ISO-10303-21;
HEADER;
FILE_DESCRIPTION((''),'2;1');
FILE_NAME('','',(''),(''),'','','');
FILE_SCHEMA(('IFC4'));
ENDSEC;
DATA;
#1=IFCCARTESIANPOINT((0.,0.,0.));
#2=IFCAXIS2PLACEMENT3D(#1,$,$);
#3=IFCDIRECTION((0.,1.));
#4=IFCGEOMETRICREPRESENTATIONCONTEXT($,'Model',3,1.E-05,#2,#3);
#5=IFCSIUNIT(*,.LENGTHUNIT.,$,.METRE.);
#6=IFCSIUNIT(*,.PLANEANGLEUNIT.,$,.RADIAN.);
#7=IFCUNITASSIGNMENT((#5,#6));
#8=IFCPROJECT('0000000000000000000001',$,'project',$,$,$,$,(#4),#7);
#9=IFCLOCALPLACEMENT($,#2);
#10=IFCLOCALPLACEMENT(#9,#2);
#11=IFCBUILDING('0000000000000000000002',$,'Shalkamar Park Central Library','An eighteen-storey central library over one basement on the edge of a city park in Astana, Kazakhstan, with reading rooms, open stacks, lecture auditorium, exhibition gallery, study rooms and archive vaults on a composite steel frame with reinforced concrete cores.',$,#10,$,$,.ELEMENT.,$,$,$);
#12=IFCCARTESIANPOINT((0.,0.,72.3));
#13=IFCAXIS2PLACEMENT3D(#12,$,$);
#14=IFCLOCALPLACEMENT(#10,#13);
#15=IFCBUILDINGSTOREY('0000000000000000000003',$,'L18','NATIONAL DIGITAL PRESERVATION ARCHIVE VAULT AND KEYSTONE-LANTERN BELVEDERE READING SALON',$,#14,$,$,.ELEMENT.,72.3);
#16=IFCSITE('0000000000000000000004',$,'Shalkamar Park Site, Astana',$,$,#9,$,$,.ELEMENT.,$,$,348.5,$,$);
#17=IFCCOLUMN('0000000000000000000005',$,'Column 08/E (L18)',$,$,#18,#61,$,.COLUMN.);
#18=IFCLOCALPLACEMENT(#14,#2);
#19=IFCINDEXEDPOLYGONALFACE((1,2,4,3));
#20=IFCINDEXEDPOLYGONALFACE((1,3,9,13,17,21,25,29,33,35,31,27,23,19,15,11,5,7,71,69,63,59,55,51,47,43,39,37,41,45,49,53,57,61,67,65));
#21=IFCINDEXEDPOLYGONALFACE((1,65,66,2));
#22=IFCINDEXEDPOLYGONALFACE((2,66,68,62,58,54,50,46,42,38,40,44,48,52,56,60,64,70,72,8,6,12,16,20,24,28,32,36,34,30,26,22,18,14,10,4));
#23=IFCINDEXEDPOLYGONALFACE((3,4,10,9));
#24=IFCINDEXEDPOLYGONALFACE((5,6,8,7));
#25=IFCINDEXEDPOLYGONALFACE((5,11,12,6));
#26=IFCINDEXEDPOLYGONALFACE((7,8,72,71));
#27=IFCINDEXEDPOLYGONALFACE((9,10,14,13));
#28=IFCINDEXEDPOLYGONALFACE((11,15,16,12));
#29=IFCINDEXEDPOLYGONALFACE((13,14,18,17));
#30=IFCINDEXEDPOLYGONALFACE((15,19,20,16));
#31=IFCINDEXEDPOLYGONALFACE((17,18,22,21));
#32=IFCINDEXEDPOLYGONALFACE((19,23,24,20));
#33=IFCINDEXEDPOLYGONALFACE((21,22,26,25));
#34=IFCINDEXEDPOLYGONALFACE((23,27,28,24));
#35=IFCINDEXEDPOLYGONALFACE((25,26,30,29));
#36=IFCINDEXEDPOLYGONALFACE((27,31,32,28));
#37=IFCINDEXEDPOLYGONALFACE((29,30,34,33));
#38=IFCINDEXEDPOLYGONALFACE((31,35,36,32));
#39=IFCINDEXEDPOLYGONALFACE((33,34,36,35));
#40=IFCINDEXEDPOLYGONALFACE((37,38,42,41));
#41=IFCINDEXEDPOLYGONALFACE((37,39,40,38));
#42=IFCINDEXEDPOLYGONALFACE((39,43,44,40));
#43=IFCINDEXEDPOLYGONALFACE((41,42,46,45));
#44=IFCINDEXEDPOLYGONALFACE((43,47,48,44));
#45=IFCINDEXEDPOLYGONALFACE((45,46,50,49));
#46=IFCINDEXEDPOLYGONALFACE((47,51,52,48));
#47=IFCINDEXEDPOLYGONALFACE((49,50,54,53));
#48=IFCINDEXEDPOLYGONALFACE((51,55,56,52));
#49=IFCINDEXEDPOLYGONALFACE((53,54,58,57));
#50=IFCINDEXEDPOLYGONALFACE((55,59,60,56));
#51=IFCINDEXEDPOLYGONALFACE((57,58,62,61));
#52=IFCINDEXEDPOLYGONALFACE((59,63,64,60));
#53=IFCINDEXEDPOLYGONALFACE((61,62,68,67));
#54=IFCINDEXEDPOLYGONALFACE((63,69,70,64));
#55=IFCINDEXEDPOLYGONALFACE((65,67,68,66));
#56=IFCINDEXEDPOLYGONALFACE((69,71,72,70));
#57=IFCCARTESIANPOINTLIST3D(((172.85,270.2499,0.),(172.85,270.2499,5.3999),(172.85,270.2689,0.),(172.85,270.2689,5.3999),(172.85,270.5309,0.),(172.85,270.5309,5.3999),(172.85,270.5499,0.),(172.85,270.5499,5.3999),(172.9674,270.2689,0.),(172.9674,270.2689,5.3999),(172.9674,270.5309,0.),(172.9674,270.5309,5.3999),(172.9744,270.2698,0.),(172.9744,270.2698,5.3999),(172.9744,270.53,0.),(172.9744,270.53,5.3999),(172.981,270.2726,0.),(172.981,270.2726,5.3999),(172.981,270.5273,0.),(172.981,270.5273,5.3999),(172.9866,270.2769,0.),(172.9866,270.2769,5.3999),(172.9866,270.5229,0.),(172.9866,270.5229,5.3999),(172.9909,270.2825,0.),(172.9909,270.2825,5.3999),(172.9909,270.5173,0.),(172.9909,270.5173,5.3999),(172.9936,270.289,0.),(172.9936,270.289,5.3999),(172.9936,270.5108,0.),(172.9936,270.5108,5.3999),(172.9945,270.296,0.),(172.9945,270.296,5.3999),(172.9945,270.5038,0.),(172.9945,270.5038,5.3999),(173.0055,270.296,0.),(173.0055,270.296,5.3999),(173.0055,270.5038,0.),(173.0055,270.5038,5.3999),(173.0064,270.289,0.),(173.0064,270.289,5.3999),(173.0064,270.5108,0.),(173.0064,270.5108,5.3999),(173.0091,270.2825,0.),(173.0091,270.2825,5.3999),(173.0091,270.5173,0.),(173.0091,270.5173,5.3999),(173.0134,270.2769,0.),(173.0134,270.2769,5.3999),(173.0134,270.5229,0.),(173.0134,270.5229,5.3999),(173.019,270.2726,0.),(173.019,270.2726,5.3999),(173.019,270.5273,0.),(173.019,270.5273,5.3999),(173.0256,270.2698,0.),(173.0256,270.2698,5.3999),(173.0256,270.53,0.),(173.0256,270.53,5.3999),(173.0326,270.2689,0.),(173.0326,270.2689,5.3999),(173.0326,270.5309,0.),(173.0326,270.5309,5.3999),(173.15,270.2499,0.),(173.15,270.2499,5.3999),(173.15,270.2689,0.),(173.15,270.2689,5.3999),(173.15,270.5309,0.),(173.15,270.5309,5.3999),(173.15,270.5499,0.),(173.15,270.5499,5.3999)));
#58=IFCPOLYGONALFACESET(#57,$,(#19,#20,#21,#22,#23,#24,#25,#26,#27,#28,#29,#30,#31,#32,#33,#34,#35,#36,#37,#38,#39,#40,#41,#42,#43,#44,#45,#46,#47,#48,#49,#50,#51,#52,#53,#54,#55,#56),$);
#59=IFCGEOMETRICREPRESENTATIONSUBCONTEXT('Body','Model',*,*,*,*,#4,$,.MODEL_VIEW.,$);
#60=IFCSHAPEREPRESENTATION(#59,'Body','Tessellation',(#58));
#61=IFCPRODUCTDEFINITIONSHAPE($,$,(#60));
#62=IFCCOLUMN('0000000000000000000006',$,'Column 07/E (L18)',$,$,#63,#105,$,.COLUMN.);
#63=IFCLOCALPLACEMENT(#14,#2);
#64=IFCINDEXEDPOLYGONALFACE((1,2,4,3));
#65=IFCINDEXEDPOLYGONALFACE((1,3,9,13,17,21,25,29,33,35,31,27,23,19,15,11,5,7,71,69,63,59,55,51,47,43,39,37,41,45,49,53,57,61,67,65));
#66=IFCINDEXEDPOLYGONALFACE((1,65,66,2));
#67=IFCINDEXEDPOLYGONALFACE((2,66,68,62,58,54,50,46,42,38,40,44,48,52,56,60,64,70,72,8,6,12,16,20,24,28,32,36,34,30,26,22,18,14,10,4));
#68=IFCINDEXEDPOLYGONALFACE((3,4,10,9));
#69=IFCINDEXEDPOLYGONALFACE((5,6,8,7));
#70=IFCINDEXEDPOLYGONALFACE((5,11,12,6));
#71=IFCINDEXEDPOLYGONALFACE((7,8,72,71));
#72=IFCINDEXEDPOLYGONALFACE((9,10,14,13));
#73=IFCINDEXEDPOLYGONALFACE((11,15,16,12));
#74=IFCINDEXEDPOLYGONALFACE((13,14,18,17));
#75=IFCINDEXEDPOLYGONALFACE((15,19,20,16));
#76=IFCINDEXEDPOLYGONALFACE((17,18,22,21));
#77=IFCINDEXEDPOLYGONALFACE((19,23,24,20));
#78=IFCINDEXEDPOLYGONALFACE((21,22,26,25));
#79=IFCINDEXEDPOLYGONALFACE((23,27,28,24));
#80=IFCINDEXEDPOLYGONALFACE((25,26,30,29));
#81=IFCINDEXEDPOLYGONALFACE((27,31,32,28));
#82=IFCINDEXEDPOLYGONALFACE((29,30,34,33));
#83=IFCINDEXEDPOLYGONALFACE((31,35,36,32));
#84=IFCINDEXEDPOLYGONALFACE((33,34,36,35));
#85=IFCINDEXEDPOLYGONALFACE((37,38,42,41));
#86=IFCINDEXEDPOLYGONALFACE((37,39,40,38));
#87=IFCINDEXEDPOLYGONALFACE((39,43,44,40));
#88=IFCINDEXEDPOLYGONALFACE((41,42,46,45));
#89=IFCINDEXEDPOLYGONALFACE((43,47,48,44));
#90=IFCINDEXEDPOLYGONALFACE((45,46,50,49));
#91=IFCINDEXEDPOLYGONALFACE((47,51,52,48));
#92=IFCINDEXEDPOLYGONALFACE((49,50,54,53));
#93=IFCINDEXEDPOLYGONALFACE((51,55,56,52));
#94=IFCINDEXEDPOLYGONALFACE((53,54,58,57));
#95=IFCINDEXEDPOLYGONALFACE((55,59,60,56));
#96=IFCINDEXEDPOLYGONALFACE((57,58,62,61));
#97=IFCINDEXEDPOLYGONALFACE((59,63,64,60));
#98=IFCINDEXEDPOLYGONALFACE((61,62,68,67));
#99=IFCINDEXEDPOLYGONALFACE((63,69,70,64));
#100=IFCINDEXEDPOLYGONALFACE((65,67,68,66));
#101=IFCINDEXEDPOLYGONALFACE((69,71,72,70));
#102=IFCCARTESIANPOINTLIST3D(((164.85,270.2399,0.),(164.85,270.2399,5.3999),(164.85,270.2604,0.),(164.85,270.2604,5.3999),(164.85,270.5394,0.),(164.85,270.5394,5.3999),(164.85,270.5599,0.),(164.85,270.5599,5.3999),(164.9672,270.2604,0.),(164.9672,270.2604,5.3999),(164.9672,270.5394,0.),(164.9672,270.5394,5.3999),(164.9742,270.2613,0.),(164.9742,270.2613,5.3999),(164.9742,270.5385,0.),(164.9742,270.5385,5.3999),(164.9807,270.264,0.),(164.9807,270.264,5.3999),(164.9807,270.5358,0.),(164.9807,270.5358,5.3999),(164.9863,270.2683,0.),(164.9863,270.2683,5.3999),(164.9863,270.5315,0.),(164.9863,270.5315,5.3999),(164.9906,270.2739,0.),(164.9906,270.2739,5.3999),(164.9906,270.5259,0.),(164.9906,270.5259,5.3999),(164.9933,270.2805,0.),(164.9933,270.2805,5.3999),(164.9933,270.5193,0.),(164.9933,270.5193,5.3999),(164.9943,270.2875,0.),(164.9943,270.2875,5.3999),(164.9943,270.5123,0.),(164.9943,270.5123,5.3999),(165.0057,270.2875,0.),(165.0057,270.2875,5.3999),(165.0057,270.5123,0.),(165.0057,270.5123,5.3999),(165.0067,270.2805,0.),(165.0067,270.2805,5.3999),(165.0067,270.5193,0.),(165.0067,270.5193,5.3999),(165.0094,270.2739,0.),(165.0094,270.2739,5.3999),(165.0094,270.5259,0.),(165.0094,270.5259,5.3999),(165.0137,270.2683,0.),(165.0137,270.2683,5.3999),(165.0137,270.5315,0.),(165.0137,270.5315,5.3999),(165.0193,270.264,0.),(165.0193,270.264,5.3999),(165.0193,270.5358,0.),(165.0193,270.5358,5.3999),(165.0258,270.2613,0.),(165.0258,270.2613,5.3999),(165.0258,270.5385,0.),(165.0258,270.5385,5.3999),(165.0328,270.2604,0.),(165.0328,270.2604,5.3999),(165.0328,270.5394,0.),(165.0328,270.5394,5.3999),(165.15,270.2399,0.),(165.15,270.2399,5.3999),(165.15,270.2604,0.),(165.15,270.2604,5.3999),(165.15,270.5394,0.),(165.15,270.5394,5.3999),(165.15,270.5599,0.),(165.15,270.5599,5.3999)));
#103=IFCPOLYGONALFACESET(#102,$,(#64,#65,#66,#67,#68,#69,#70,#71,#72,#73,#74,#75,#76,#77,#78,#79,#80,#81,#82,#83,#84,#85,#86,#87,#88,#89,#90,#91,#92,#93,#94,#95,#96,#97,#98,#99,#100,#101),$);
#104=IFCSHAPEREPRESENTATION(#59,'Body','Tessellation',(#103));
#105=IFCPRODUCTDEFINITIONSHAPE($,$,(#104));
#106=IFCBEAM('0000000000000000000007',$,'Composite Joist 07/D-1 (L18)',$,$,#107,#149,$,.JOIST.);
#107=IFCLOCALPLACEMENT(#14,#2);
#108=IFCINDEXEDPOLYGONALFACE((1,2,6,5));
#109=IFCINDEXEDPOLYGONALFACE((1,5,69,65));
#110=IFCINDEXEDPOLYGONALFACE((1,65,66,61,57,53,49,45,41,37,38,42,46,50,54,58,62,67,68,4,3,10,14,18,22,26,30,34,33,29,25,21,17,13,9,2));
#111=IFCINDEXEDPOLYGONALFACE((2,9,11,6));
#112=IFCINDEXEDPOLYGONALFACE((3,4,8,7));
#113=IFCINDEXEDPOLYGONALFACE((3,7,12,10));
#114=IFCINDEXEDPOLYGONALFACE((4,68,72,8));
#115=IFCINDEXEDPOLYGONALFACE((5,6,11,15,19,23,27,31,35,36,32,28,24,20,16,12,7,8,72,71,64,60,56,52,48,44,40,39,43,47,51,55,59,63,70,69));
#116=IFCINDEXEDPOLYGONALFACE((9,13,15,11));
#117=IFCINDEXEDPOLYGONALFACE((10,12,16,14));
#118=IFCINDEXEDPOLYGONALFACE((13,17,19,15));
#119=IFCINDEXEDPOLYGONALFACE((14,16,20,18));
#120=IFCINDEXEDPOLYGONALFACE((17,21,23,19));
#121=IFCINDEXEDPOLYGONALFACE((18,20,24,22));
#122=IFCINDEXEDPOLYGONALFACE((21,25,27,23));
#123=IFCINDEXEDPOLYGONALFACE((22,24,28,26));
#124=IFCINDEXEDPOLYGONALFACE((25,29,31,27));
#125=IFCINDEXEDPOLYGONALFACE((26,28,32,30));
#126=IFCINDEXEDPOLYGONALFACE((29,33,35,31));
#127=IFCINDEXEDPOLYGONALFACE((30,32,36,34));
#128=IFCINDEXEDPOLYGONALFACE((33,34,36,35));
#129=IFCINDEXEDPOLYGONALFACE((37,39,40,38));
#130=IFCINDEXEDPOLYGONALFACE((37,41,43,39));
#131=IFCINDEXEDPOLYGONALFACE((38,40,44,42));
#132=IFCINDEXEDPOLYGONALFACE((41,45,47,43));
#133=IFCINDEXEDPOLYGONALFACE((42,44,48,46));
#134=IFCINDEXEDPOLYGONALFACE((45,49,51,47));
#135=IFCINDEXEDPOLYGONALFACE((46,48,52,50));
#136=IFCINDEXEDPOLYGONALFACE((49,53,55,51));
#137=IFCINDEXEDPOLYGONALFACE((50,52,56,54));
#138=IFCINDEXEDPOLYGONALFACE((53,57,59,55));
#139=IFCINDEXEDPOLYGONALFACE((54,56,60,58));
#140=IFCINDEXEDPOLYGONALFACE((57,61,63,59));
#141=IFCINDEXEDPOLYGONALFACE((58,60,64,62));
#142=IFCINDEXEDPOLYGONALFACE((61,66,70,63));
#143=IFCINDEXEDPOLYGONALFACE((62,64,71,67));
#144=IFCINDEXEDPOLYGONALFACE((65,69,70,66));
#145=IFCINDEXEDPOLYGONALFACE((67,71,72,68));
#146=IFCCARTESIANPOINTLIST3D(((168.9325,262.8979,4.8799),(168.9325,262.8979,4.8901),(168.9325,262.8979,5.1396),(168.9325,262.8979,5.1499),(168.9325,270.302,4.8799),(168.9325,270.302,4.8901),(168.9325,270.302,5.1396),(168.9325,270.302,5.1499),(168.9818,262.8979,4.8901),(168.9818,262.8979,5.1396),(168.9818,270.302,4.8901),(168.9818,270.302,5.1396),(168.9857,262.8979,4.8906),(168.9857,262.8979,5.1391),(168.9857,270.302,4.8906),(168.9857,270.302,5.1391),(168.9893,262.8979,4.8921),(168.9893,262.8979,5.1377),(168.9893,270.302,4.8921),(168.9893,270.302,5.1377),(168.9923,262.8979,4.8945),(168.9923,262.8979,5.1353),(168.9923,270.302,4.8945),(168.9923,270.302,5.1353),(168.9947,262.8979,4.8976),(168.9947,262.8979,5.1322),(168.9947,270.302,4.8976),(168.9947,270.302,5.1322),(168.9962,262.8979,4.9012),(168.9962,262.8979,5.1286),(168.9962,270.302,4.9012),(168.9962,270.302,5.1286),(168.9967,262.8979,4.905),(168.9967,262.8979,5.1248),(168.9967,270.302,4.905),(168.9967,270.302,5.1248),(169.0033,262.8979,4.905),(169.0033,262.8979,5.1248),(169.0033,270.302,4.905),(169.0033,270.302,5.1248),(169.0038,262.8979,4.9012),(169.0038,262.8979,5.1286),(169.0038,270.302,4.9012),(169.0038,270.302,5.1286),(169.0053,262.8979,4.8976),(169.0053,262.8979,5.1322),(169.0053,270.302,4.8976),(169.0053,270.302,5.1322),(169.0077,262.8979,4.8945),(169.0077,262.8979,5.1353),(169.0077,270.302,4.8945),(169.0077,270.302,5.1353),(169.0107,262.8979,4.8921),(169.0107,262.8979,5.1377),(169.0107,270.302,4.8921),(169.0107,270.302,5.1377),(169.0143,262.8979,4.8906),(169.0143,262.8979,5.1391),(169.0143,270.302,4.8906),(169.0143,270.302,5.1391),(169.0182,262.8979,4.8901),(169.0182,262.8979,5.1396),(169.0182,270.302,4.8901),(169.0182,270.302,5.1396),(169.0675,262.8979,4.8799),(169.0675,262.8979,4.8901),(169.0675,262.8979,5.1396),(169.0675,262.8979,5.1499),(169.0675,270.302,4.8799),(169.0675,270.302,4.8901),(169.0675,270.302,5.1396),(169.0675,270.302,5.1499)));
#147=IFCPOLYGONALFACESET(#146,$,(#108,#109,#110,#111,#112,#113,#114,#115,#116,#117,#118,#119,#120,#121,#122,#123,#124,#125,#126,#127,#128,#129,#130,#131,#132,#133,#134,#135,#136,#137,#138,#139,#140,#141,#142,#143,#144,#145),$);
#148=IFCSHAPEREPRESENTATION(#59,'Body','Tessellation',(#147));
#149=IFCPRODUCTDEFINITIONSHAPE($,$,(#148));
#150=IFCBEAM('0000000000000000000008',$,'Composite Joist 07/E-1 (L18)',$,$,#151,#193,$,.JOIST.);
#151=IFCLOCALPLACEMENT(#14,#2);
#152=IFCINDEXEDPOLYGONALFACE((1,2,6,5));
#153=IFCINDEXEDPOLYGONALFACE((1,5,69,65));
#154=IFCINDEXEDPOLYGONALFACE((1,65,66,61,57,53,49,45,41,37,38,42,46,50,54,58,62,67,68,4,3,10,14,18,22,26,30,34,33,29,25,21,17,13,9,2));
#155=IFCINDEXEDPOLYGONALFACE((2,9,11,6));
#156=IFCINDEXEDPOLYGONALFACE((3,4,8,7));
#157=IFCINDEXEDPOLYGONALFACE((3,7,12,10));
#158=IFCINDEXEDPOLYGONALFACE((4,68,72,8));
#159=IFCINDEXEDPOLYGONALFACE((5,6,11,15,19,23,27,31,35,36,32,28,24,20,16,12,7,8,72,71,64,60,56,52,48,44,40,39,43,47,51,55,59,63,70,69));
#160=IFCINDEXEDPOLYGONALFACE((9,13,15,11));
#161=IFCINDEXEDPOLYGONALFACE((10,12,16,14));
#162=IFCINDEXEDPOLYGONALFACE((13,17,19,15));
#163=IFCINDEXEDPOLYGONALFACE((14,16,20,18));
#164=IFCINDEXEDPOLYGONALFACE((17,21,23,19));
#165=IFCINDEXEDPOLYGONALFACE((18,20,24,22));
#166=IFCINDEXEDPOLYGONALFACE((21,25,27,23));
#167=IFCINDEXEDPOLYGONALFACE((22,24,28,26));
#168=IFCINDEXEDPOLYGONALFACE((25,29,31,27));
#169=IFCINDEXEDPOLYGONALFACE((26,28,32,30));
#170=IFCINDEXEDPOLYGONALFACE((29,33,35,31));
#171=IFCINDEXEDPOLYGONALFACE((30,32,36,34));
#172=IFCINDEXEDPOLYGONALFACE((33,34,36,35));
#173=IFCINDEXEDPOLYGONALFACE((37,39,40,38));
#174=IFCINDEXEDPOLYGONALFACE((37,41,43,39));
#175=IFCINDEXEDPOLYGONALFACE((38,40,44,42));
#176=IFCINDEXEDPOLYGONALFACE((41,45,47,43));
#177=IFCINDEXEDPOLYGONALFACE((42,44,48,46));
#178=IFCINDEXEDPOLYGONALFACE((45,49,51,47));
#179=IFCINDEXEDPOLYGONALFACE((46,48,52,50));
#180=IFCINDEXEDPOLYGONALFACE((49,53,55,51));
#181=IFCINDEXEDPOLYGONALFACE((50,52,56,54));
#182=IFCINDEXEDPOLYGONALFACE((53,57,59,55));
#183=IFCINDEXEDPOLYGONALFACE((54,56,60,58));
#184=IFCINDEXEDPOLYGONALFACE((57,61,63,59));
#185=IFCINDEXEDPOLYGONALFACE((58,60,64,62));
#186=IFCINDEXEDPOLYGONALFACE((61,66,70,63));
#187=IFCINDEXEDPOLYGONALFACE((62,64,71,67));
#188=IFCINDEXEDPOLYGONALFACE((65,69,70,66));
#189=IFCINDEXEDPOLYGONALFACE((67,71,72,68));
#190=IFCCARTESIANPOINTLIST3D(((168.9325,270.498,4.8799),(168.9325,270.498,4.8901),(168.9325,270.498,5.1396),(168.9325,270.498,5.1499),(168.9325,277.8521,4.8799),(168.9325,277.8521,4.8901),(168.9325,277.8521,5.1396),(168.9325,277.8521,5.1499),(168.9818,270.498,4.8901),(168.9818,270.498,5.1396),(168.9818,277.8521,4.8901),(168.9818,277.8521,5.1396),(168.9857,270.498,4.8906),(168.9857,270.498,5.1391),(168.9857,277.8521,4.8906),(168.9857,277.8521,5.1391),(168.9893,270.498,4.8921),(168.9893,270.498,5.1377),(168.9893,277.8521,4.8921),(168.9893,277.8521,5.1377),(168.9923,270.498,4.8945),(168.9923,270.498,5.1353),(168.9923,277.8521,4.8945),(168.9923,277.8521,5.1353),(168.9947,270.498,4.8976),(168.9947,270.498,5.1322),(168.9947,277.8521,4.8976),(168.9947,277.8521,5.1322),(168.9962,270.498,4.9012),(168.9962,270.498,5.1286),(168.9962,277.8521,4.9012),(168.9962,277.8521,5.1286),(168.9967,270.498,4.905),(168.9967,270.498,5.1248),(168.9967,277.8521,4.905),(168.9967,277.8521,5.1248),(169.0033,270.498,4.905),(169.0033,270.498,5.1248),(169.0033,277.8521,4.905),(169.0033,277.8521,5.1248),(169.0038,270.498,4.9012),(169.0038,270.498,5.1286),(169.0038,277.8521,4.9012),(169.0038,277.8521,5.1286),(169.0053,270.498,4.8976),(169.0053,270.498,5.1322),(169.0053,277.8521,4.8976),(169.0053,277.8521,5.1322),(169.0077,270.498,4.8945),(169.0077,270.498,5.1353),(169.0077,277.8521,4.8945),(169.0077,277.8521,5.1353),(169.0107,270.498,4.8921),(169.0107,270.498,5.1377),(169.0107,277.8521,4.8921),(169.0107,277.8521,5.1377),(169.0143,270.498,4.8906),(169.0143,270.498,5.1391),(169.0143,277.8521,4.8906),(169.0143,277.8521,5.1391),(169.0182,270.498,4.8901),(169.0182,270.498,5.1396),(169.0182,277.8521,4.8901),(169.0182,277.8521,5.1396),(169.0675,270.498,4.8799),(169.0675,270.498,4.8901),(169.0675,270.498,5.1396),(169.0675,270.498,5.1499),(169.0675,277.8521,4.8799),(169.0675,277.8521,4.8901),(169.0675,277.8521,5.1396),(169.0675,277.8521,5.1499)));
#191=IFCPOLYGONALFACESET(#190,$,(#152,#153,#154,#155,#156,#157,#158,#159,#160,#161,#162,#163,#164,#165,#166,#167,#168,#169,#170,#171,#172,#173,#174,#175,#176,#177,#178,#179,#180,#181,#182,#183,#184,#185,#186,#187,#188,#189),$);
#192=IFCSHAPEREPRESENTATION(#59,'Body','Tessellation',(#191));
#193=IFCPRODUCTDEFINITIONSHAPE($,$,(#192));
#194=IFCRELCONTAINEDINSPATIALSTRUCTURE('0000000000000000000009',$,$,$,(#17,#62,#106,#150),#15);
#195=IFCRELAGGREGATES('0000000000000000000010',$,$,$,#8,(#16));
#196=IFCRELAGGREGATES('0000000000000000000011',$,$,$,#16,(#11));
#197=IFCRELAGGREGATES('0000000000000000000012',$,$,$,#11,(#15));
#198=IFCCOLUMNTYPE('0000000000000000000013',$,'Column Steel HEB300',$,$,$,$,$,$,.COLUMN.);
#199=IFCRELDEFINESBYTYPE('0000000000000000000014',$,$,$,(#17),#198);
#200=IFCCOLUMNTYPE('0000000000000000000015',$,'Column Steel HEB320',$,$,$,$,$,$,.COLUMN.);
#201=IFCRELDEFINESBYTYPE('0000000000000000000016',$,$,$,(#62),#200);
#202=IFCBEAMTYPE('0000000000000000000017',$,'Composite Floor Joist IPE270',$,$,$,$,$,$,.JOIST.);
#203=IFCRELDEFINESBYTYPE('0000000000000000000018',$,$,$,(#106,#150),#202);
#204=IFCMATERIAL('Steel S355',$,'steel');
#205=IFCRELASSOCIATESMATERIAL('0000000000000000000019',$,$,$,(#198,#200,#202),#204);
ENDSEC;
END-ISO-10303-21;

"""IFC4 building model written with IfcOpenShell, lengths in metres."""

from ifc_helpers import new_model, si_unit, direction, frame, origin, origin_2d, place, context, subcontext, project, spatial, i_section, extrude, material, material_profile, profile_set, type_object, element, save


model = new_model("IFC4")

# Units and contexts
model_context = context("Model", 3, precision=1e-05, world=origin(), true_north=direction((0.0, 1.0)))
body_context = subcontext(model_context, "Body", "Model", "MODEL_VIEW")
ifc_project = project(units=[si_unit("LENGTHUNIT", "METRE"), si_unit("PLANEANGLEUNIT", "RADIAN")], contexts=[model_context])

# Site, building, storey
site_placement = place(None, origin())
site = spatial("IfcSite", under=ifc_project, at=site_placement, Name="Shalkamar Park Site, Astana", CompositionType="ELEMENT", RefElevation=348.5)
building_placement = place(site_placement, origin())
building = spatial("IfcBuilding", under=site, at=building_placement, Name="Shalkamar Park Central Library", Description="An eighteen-storey central library over one basement on the edge of a city park in Astana, Kazakhstan, with reading rooms, open stacks, lecture auditorium, exhibition gallery, study rooms and archive vaults on a composite steel frame with reinforced concrete cores.", CompositionType="ELEMENT")
storey_placement = place(building_placement, frame((0.0, 0.0, 72.3)))
storey = spatial("IfcBuildingStorey", under=building, at=storey_placement, Name="L18", Description="NATIONAL DIGITAL PRESERVATION ARCHIVE VAULT AND KEYSTONE-LANTERN BELVEDERE READING SALON", CompositionType="ELEMENT", Elevation=72.3)

# Columns
ifc_material_1 = material(Name="Steel S355", Category="steel")
ifc_material_profile_1 = material_profile(ifc_material_1, i_section(OverallWidth=0.3, OverallDepth=0.3, WebThickness=0.011, FlangeThickness=0.019, FilletRadius=0.0271, at=origin_2d()), Name="HEB 300")
ifc_profile_set_1 = profile_set([ifc_material_profile_1], Name="Steel S355")
column_type_1 = type_object("IfcColumnType", Name="Column Steel HEB300", PredefinedType="COLUMN", material=ifc_profile_set_1)
column_1_placement = place(storey_placement, frame((173.0, 270.3999, 0.0), z_axis=(0.0, 0.0, 1.0), x_axis=(1.0, 0.0, 0.0)))
element("IfcColumn", 1, at=column_1_placement, inside=storey, type_object=column_type_1, Name="Column 08/E (L18)", PredefinedType="COLUMN", context=body_context, shape_type="SweptSolid", body=[
    extrude(i_section(OverallWidth=0.3, OverallDepth=0.3, WebThickness=0.011, FlangeThickness=0.019, FilletRadius=0.0271, at=origin_2d()), origin(), (0.0, 0.0, 1.0), 5.3999),
])
ifc_material_profile_2 = material_profile(ifc_material_1, i_section(OverallWidth=0.3, OverallDepth=0.3201, WebThickness=0.0115, FlangeThickness=0.0205, FilletRadius=0.0271, at=origin_2d()), Name="HEB 320")
ifc_profile_set_2 = profile_set([ifc_material_profile_2], Name="Steel S355")
column_type_2 = type_object("IfcColumnType", Name="Column Steel HEB320", PredefinedType="COLUMN", material=ifc_profile_set_2)
column_2_placement = place(storey_placement, frame((165.0, 270.3999, 0.0), z_axis=(0.0, 0.0, 1.0), x_axis=(1.0, 0.0, 0.0)))
element("IfcColumn", 2, at=column_2_placement, inside=storey, type_object=column_type_2, Name="Column 07/E (L18)", PredefinedType="COLUMN", context=body_context, shape_type="SweptSolid", body=[
    extrude(i_section(OverallWidth=0.3, OverallDepth=0.3201, WebThickness=0.0115, FlangeThickness=0.0205, FilletRadius=0.0271, at=origin_2d()), origin(), (0.0, 0.0, 1.0), 5.3999),
])

# Beams
ifc_material_profile_3 = material_profile(ifc_material_1, i_section(OverallWidth=0.135, OverallDepth=0.27, WebThickness=0.0066, FlangeThickness=0.0103, FilletRadius=0.0149, at=origin_2d()), Name="IPE 270")
ifc_profile_set_3 = profile_set([ifc_material_profile_3], Name="Steel S355")
beam_type_1 = type_object("IfcBeamType", Name="Composite Floor Joist IPE270", PredefinedType="JOIST", material=ifc_profile_set_3)
beam_1_placement = place(storey_placement, frame((169.0, 262.8979, 5.0149), z_axis=(0.0, 1.0, 0.0), x_axis=(-1.0, 0.0, 0.0)))
element("IfcBeam", 3, at=beam_1_placement, inside=storey, type_object=beam_type_1, Name="Composite Joist 07/D-1 (L18)", PredefinedType="JOIST", context=body_context, shape_type="SweptSolid", body=[
    extrude(i_section(OverallWidth=0.135, OverallDepth=0.27, WebThickness=0.0066, FlangeThickness=0.0103, FilletRadius=0.0149, at=origin_2d()), origin(), (0.0, 0.0, 1.0), 7.4041),
])
beam_2_placement = place(storey_placement, frame((169.0, 270.498, 5.0149), z_axis=(0.0, 1.0, 0.0), x_axis=(-1.0, 0.0, 0.0)))
element("IfcBeam", 4, at=beam_2_placement, inside=storey, type_object=beam_type_1, Name="Composite Joist 07/E-1 (L18)", PredefinedType="JOIST", context=body_context, shape_type="SweptSolid", body=[
    extrude(i_section(OverallWidth=0.135, OverallDepth=0.27, WebThickness=0.0066, FlangeThickness=0.0103, FilletRadius=0.0149, at=origin_2d()), origin(), (0.0, 0.0, 1.0), 7.354),
])

save(model, "model.ifc")
